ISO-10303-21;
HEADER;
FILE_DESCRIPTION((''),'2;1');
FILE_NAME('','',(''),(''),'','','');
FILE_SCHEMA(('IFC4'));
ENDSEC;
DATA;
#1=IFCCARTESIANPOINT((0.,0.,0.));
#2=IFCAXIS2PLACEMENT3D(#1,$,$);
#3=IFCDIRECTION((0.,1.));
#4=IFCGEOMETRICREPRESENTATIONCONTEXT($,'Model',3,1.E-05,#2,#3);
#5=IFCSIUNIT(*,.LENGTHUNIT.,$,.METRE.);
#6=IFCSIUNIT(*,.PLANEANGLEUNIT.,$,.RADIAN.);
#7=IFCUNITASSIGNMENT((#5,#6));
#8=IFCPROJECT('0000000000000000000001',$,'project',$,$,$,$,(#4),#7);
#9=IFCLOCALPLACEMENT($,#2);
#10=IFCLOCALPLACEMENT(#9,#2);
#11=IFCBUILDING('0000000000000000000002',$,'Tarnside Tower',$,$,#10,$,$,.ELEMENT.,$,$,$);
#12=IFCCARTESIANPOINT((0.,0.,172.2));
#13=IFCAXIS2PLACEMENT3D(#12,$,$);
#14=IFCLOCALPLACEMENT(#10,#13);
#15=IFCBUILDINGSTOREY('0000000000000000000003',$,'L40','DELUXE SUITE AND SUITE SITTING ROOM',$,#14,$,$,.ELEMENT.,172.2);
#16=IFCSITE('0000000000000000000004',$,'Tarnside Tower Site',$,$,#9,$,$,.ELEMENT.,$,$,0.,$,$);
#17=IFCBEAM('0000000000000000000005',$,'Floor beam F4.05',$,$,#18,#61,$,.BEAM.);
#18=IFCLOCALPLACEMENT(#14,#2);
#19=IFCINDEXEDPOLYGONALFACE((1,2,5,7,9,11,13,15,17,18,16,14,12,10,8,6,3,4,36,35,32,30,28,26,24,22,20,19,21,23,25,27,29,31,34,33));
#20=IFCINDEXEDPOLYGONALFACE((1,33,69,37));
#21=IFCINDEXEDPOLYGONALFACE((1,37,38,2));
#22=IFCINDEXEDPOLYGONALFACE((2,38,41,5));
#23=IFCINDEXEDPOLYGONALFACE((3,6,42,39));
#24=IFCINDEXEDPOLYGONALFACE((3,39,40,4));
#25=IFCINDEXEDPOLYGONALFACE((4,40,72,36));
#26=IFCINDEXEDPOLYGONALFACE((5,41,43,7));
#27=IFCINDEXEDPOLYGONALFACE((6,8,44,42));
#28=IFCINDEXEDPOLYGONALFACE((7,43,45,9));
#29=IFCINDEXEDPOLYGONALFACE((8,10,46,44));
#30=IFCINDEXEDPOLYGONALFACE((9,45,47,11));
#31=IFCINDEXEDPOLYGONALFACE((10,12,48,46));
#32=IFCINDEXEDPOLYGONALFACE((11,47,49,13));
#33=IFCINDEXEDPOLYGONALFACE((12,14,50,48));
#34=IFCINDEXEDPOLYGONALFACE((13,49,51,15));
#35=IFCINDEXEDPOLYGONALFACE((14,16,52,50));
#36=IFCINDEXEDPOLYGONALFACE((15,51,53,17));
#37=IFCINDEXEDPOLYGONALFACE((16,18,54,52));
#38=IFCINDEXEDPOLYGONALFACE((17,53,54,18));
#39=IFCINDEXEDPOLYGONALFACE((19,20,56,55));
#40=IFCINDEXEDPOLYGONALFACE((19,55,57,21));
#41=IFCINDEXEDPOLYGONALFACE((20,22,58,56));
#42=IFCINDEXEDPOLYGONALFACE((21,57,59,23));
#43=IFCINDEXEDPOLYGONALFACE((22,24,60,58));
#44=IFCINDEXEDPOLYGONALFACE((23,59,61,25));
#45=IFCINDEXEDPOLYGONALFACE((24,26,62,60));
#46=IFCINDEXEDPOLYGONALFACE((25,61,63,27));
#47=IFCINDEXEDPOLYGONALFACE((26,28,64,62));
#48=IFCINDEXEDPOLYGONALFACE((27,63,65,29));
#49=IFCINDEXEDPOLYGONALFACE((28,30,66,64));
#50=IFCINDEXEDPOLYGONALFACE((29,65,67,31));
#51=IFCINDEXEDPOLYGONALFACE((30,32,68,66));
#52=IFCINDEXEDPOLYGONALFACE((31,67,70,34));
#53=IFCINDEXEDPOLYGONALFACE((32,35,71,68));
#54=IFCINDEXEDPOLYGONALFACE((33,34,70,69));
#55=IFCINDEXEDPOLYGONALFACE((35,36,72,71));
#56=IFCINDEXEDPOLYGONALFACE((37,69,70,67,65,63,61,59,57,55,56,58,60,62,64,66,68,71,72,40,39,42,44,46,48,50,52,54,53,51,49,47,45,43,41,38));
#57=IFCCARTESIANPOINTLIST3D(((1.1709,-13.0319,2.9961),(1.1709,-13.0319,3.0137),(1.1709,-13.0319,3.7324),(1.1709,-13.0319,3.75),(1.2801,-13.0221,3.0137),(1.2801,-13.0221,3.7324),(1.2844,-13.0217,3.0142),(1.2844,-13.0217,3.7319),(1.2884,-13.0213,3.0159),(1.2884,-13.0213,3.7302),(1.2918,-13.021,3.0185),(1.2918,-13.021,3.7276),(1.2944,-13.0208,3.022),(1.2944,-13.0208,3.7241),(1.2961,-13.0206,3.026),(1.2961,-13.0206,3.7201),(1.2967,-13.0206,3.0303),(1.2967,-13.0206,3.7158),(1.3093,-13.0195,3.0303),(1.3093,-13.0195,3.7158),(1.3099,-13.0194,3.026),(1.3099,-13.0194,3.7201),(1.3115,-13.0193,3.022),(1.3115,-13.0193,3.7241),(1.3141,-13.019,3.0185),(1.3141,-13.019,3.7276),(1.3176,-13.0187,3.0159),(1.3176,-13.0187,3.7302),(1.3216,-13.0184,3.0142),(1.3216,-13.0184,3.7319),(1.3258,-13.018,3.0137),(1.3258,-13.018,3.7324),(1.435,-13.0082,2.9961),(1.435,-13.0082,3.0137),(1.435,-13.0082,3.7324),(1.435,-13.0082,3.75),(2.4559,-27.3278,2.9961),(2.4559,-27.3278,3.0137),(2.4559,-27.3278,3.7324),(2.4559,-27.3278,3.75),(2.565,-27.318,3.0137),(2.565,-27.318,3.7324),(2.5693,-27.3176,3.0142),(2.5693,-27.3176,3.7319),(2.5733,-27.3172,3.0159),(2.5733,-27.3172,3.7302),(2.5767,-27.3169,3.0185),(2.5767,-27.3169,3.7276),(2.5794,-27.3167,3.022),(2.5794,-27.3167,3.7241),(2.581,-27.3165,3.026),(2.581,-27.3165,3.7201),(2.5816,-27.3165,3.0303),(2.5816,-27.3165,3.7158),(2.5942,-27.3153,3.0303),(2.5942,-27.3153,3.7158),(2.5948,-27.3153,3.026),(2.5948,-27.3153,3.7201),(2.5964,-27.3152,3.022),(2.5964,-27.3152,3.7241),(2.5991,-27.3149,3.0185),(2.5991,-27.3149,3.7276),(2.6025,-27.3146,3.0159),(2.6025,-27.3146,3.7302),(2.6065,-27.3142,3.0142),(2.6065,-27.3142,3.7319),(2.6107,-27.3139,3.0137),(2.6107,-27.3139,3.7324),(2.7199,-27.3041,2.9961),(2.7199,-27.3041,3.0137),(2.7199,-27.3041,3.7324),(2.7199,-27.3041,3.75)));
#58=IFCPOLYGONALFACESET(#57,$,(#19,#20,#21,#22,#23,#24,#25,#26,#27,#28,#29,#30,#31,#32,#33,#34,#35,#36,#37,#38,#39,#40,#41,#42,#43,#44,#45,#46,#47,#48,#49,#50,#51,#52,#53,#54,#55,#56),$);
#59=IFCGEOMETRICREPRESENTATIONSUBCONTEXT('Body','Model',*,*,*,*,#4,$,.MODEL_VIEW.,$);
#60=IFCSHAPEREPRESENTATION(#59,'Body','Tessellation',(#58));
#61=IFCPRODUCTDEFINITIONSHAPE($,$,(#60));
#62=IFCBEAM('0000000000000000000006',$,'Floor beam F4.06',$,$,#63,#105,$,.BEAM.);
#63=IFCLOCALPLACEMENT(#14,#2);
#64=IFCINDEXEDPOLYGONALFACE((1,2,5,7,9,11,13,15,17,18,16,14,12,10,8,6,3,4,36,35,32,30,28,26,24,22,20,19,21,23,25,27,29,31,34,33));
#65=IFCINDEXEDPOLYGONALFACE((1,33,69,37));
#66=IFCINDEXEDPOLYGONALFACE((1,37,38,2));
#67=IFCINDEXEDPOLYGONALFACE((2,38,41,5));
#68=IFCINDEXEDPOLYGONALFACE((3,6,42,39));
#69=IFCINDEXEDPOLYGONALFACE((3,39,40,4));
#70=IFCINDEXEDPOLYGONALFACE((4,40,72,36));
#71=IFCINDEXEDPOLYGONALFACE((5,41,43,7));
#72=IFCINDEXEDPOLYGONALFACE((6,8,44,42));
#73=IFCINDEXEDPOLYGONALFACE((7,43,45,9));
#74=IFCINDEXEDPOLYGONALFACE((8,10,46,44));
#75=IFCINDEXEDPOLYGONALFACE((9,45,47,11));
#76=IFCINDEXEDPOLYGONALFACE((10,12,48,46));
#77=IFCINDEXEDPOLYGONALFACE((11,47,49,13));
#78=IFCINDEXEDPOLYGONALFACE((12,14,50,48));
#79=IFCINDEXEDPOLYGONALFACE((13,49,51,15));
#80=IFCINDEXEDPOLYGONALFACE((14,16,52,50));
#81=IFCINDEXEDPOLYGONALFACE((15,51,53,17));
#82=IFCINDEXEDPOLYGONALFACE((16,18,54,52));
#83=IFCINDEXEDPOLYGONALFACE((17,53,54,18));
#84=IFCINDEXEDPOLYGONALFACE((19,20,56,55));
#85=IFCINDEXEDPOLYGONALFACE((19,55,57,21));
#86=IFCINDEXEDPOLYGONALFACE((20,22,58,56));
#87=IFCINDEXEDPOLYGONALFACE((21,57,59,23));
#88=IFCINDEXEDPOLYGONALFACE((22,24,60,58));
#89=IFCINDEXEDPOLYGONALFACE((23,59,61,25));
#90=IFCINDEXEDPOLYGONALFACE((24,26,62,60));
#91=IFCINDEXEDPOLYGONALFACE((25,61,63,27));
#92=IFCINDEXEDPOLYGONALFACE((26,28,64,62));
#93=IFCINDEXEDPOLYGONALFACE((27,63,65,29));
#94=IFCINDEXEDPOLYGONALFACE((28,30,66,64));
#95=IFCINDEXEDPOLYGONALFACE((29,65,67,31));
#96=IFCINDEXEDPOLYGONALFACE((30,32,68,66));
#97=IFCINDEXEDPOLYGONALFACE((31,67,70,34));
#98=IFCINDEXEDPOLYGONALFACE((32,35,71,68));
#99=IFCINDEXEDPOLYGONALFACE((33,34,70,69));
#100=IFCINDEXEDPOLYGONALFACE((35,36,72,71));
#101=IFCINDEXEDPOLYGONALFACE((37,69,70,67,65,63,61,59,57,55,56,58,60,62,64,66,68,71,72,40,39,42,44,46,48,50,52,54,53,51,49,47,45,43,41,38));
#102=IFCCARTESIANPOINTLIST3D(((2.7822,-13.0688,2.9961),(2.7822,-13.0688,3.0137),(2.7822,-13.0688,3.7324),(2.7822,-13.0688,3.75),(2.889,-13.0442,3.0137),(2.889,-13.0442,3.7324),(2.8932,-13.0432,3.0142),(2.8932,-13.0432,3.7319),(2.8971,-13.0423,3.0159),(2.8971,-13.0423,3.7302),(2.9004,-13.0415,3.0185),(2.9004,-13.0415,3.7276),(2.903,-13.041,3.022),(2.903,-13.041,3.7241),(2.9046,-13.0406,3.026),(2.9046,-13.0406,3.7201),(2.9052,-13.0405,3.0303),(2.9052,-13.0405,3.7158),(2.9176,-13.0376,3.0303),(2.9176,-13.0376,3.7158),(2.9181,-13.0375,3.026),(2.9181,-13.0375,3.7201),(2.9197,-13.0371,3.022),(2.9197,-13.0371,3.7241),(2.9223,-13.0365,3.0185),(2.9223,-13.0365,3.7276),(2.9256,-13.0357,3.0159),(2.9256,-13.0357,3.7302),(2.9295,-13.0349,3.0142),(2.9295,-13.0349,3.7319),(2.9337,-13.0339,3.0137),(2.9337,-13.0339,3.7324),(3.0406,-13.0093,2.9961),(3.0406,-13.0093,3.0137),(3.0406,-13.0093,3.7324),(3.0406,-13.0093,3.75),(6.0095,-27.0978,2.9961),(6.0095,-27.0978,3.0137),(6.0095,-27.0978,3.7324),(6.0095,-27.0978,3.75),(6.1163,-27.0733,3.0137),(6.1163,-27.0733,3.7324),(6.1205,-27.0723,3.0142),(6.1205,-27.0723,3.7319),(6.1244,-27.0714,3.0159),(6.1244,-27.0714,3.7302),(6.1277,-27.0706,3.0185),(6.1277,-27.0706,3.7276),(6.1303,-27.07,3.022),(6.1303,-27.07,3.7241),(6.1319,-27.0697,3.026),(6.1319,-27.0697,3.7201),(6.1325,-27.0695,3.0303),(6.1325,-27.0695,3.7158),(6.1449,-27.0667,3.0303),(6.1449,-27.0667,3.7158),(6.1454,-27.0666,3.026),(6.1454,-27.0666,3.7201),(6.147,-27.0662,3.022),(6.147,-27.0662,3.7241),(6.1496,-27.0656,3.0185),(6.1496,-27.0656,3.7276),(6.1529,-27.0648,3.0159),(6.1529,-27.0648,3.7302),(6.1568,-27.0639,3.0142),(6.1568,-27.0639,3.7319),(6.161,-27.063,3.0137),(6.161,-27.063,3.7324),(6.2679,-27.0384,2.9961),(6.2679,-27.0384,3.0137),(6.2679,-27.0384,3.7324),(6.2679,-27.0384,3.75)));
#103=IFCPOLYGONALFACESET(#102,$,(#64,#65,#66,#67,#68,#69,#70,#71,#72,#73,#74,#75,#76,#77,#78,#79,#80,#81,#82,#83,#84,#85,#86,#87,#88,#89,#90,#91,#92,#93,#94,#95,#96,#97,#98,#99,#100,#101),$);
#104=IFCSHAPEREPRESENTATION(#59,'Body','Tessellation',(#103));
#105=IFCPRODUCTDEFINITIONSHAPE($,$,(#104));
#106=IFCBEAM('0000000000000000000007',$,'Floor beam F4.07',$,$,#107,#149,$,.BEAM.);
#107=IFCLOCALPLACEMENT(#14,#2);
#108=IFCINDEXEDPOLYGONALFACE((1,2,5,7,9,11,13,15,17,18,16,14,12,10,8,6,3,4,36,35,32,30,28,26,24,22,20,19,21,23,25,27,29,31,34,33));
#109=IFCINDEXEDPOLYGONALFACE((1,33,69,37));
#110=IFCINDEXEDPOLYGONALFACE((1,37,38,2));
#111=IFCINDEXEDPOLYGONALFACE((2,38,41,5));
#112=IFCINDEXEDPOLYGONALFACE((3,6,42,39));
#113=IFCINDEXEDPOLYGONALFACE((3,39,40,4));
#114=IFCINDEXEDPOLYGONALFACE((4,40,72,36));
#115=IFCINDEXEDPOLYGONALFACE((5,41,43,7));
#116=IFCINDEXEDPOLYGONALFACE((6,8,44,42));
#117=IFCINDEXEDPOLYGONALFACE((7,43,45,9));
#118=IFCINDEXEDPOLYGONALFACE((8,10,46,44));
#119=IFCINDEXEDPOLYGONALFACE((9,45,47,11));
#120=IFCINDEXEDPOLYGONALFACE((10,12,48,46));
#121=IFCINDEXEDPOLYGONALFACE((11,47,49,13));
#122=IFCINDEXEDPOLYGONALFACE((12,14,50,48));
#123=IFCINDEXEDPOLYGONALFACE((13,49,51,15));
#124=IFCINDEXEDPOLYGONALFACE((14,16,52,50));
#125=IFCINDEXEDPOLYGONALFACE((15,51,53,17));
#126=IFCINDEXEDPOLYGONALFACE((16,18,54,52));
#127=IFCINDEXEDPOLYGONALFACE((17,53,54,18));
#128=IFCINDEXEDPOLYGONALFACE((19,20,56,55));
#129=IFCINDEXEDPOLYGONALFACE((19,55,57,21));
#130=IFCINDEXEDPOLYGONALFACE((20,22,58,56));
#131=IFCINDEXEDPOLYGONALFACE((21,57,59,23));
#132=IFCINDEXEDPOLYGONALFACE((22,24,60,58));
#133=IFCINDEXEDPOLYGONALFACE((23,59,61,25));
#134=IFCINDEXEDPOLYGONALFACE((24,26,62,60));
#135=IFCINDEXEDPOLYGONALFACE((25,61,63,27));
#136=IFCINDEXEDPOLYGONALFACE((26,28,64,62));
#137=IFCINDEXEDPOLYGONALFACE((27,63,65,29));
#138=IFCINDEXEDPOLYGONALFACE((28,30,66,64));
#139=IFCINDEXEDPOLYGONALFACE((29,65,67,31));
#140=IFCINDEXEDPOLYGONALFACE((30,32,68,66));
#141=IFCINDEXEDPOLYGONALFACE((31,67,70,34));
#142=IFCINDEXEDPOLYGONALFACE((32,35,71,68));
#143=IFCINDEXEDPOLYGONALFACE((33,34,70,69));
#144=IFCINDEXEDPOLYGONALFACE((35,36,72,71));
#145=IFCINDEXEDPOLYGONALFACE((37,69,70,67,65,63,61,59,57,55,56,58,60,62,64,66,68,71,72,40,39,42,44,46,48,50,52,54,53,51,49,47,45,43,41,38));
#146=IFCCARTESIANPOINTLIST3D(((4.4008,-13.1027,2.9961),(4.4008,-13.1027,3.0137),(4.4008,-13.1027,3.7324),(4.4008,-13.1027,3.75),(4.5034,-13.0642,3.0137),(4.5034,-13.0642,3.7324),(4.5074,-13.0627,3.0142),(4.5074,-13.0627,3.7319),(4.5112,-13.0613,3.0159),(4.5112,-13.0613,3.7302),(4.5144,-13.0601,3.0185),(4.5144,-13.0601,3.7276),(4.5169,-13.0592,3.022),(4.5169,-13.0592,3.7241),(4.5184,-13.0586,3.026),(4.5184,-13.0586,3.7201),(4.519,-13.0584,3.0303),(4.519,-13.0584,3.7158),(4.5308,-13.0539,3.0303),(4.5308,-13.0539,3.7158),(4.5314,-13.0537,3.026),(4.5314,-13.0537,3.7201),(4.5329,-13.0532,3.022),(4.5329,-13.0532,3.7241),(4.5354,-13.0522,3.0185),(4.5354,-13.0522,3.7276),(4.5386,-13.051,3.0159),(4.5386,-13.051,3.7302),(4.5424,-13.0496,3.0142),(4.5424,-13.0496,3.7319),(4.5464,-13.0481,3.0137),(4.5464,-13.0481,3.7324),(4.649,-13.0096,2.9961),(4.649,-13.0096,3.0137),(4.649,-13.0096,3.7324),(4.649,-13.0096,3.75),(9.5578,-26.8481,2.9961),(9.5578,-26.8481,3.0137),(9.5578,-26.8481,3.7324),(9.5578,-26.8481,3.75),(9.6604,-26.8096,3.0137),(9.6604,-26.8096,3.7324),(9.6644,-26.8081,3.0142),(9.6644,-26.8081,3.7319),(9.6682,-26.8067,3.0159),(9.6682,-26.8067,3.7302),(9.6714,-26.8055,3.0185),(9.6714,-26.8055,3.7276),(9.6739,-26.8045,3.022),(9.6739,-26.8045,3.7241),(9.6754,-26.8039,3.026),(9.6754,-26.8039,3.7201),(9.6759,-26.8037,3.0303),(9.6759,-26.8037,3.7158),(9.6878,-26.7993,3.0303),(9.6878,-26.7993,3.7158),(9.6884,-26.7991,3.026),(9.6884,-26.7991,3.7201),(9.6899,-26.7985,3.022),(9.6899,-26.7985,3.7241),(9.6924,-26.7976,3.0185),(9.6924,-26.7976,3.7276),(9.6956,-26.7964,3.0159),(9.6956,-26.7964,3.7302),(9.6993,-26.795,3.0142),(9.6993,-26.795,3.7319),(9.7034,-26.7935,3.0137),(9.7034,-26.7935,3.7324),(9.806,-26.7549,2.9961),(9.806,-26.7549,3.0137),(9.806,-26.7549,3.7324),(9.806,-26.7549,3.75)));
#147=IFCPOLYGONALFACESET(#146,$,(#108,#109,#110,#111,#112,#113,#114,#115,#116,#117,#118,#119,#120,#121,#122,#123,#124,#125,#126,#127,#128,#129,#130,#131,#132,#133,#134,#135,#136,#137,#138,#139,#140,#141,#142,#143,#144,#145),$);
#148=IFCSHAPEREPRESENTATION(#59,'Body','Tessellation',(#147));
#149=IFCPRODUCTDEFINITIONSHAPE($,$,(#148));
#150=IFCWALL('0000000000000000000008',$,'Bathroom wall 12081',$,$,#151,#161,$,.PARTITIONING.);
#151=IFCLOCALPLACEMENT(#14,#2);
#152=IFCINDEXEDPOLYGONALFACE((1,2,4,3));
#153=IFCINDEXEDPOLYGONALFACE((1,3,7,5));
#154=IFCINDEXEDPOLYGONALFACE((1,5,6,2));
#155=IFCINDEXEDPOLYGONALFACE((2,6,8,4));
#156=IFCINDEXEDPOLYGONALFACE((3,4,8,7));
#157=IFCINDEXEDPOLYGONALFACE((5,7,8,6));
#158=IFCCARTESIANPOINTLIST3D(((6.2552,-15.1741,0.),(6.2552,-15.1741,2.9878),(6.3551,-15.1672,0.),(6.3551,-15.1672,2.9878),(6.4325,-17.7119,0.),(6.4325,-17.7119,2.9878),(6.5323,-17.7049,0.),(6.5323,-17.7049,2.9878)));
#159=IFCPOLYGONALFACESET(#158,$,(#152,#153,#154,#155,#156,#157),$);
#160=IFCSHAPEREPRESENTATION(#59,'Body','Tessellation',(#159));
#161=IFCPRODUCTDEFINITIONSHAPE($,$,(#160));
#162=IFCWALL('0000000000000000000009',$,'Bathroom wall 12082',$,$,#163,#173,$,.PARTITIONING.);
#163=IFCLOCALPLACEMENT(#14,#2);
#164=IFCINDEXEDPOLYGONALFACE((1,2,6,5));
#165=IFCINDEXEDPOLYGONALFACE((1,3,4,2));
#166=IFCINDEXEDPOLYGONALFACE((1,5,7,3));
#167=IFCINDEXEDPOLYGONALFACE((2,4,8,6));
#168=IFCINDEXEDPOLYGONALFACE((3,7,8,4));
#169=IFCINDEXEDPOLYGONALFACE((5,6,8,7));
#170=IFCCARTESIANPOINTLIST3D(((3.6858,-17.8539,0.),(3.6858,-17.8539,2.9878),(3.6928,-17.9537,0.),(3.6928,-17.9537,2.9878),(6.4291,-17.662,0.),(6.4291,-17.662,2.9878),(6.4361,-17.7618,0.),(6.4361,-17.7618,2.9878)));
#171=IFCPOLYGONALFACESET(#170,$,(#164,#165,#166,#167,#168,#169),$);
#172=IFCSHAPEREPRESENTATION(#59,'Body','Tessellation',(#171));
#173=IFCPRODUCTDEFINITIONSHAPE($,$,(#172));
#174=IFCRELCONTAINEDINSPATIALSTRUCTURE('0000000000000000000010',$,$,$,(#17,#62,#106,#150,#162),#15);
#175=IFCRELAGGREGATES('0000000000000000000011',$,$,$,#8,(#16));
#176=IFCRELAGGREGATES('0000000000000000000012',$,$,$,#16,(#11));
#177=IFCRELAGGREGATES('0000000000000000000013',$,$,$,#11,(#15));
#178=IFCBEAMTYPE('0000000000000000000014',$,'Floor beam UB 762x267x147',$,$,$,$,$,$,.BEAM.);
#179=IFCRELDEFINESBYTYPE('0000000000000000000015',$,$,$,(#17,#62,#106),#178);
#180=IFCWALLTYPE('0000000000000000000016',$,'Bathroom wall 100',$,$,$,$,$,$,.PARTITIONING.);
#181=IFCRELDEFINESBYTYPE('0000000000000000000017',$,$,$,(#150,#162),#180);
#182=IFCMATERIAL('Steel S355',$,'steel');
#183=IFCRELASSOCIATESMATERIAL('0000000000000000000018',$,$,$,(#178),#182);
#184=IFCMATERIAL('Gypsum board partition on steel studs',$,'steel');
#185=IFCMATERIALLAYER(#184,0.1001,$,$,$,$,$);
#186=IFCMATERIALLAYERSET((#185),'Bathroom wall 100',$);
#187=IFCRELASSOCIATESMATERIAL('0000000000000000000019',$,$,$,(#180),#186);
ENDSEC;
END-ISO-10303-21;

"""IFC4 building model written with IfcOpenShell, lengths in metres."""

from ifc_helpers import new_model, si_unit, direction, frame, frame_2d, origin, origin_2d, place, context, subcontext, project, spatial, rectangle, i_section, extrude, material, layer, layer_set, material_profile, profile_set, type_object, element, save


model = new_model("IFC4")

# Units and contexts
model_context = context("Model", 3, precision=1e-05, world=origin(), true_north=direction((0.0, 1.0)))
body_context = subcontext(model_context, "Body", "Model", "MODEL_VIEW")
ifc_project = project(units=[si_unit("LENGTHUNIT", "METRE"), si_unit("PLANEANGLEUNIT", "RADIAN")], contexts=[model_context])

# Site, building, storey
site_placement = place(None, origin())
site = spatial("IfcSite", under=ifc_project, at=site_placement, Name="Tarnside Tower Site", CompositionType="ELEMENT", RefElevation=0.0)
building_placement = place(site_placement, origin())
building = spatial("IfcBuilding", under=site, at=building_placement, Name="Tarnside Tower", CompositionType="ELEMENT")
storey_placement = place(building_placement, frame((0.0, 0.0, 172.2)))
storey = spatial("IfcBuildingStorey", under=building, at=storey_placement, Name="L40", Description="DELUXE SUITE AND SUITE SITTING ROOM", CompositionType="ELEMENT", Elevation=172.2)

# Beams
ifc_material_1 = material(Name="Steel S355", Category="steel")
ifc_material_profile = material_profile(ifc_material_1, i_section(OverallWidth=0.2651, OverallDepth=0.7539, WebThickness=0.0127, FlangeThickness=0.0176, FilletRadius=0.0166, at=origin_2d()), Name="UB 762x267x147")
ifc_profile_set = profile_set([ifc_material_profile], Name="Steel S355")
beam_type = type_object("IfcBeamType", Name="Floor beam UB 762x267x147", PredefinedType="BEAM", material=ifc_profile_set)
beam_1_placement = place(storey_placement, frame((2.5879, -27.3159, 3.373), z_axis=(-0.089519, 0.995985, 0.0), x_axis=(-0.995985, -0.089519, 0.0)))
element("IfcBeam", 1, at=beam_1_placement, inside=storey, type_object=beam_type, Name="Floor beam F4.05", PredefinedType="BEAM", context=body_context, shape_type="SweptSolid", body=[
    extrude(i_section(OverallWidth=0.2651, OverallDepth=0.7539, WebThickness=0.0127, FlangeThickness=0.0176, FilletRadius=0.0166, at=origin_2d()), origin(), (0.0, 0.0, 1.0), 14.3535),
])
beam_2_placement = place(storey_placement, frame((6.1387, -27.0681, 3.373), z_axis=(-0.224188, 0.974546, 0.0), x_axis=(-0.974546, -0.224188, 0.0)))
element("IfcBeam", 2, at=beam_2_placement, inside=storey, type_object=beam_type, Name="Floor beam F4.06", PredefinedType="BEAM", context=body_context, shape_type="SweptSolid", body=[
    extrude(i_section(OverallWidth=0.2651, OverallDepth=0.7539, WebThickness=0.0127, FlangeThickness=0.0176, FilletRadius=0.0166, at=origin_2d()), origin(), (0.0, 0.0, 1.0), 14.3955),
])
beam_3_placement = place(storey_placement, frame((9.6819, -26.8015, 3.373), z_axis=(-0.351271, 0.936274, 0.0), x_axis=(-0.936274, -0.351271, 0.0)))
element("IfcBeam", 3, at=beam_3_placement, inside=storey, type_object=beam_type, Name="Floor beam F4.07", PredefinedType="BEAM", context=body_context, shape_type="SweptSolid", body=[
    extrude(i_section(OverallWidth=0.2651, OverallDepth=0.7539, WebThickness=0.0127, FlangeThickness=0.0176, FilletRadius=0.0166, at=origin_2d()), origin(), (0.0, 0.0, 1.0), 14.6809),
])

# Walls
ifc_material_2 = material(Name="Gypsum board partition on steel studs", Category="steel")
ifc_layer_1 = layer(ifc_material_2, 0.1001)
ifc_layer_set_1 = layer_set([ifc_layer_1], Name="Bathroom wall 100")
wall_type_1 = type_object("IfcWallType", Name="Bathroom wall 100", PredefinedType="PARTITIONING", material=ifc_layer_set_1)
wall_1_placement = place(storey_placement, frame((6.3052, -15.1707, 0.0), z_axis=(0.0, 0.0, 1.0), x_axis=(0.069672, -0.99757, 0.0)))
element("IfcWall", 4, at=wall_1_placement, inside=storey, type_object=wall_type_1, Name="Bathroom wall 12081", PredefinedType="PARTITIONING", context=body_context, shape_type="SweptSolid", body=[
    extrude(rectangle(XDim=2.5439, YDim=0.1001, at=frame_2d((1.272, 0.0))), origin(), (0.0, 0.0, 1.0), 2.9878),
])
wall_2_placement = place(storey_placement, frame((6.4326, -17.7119, 0.0), z_axis=(0.0, 0.0, 1.0), x_axis=(-0.997563, -0.069777, 0.0)))
element("IfcWall", 5, at=wall_2_placement, inside=storey, type_object=wall_type_1, Name="Bathroom wall 12082", PredefinedType="PARTITIONING", context=body_context, shape_type="SweptSolid", body=[
    extrude(rectangle(XDim=2.75, YDim=0.1001, at=frame_2d((1.375, 0.0))), origin(), (0.0, 0.0, 1.0), 2.9878),
])

save(model, "model.ifc")
